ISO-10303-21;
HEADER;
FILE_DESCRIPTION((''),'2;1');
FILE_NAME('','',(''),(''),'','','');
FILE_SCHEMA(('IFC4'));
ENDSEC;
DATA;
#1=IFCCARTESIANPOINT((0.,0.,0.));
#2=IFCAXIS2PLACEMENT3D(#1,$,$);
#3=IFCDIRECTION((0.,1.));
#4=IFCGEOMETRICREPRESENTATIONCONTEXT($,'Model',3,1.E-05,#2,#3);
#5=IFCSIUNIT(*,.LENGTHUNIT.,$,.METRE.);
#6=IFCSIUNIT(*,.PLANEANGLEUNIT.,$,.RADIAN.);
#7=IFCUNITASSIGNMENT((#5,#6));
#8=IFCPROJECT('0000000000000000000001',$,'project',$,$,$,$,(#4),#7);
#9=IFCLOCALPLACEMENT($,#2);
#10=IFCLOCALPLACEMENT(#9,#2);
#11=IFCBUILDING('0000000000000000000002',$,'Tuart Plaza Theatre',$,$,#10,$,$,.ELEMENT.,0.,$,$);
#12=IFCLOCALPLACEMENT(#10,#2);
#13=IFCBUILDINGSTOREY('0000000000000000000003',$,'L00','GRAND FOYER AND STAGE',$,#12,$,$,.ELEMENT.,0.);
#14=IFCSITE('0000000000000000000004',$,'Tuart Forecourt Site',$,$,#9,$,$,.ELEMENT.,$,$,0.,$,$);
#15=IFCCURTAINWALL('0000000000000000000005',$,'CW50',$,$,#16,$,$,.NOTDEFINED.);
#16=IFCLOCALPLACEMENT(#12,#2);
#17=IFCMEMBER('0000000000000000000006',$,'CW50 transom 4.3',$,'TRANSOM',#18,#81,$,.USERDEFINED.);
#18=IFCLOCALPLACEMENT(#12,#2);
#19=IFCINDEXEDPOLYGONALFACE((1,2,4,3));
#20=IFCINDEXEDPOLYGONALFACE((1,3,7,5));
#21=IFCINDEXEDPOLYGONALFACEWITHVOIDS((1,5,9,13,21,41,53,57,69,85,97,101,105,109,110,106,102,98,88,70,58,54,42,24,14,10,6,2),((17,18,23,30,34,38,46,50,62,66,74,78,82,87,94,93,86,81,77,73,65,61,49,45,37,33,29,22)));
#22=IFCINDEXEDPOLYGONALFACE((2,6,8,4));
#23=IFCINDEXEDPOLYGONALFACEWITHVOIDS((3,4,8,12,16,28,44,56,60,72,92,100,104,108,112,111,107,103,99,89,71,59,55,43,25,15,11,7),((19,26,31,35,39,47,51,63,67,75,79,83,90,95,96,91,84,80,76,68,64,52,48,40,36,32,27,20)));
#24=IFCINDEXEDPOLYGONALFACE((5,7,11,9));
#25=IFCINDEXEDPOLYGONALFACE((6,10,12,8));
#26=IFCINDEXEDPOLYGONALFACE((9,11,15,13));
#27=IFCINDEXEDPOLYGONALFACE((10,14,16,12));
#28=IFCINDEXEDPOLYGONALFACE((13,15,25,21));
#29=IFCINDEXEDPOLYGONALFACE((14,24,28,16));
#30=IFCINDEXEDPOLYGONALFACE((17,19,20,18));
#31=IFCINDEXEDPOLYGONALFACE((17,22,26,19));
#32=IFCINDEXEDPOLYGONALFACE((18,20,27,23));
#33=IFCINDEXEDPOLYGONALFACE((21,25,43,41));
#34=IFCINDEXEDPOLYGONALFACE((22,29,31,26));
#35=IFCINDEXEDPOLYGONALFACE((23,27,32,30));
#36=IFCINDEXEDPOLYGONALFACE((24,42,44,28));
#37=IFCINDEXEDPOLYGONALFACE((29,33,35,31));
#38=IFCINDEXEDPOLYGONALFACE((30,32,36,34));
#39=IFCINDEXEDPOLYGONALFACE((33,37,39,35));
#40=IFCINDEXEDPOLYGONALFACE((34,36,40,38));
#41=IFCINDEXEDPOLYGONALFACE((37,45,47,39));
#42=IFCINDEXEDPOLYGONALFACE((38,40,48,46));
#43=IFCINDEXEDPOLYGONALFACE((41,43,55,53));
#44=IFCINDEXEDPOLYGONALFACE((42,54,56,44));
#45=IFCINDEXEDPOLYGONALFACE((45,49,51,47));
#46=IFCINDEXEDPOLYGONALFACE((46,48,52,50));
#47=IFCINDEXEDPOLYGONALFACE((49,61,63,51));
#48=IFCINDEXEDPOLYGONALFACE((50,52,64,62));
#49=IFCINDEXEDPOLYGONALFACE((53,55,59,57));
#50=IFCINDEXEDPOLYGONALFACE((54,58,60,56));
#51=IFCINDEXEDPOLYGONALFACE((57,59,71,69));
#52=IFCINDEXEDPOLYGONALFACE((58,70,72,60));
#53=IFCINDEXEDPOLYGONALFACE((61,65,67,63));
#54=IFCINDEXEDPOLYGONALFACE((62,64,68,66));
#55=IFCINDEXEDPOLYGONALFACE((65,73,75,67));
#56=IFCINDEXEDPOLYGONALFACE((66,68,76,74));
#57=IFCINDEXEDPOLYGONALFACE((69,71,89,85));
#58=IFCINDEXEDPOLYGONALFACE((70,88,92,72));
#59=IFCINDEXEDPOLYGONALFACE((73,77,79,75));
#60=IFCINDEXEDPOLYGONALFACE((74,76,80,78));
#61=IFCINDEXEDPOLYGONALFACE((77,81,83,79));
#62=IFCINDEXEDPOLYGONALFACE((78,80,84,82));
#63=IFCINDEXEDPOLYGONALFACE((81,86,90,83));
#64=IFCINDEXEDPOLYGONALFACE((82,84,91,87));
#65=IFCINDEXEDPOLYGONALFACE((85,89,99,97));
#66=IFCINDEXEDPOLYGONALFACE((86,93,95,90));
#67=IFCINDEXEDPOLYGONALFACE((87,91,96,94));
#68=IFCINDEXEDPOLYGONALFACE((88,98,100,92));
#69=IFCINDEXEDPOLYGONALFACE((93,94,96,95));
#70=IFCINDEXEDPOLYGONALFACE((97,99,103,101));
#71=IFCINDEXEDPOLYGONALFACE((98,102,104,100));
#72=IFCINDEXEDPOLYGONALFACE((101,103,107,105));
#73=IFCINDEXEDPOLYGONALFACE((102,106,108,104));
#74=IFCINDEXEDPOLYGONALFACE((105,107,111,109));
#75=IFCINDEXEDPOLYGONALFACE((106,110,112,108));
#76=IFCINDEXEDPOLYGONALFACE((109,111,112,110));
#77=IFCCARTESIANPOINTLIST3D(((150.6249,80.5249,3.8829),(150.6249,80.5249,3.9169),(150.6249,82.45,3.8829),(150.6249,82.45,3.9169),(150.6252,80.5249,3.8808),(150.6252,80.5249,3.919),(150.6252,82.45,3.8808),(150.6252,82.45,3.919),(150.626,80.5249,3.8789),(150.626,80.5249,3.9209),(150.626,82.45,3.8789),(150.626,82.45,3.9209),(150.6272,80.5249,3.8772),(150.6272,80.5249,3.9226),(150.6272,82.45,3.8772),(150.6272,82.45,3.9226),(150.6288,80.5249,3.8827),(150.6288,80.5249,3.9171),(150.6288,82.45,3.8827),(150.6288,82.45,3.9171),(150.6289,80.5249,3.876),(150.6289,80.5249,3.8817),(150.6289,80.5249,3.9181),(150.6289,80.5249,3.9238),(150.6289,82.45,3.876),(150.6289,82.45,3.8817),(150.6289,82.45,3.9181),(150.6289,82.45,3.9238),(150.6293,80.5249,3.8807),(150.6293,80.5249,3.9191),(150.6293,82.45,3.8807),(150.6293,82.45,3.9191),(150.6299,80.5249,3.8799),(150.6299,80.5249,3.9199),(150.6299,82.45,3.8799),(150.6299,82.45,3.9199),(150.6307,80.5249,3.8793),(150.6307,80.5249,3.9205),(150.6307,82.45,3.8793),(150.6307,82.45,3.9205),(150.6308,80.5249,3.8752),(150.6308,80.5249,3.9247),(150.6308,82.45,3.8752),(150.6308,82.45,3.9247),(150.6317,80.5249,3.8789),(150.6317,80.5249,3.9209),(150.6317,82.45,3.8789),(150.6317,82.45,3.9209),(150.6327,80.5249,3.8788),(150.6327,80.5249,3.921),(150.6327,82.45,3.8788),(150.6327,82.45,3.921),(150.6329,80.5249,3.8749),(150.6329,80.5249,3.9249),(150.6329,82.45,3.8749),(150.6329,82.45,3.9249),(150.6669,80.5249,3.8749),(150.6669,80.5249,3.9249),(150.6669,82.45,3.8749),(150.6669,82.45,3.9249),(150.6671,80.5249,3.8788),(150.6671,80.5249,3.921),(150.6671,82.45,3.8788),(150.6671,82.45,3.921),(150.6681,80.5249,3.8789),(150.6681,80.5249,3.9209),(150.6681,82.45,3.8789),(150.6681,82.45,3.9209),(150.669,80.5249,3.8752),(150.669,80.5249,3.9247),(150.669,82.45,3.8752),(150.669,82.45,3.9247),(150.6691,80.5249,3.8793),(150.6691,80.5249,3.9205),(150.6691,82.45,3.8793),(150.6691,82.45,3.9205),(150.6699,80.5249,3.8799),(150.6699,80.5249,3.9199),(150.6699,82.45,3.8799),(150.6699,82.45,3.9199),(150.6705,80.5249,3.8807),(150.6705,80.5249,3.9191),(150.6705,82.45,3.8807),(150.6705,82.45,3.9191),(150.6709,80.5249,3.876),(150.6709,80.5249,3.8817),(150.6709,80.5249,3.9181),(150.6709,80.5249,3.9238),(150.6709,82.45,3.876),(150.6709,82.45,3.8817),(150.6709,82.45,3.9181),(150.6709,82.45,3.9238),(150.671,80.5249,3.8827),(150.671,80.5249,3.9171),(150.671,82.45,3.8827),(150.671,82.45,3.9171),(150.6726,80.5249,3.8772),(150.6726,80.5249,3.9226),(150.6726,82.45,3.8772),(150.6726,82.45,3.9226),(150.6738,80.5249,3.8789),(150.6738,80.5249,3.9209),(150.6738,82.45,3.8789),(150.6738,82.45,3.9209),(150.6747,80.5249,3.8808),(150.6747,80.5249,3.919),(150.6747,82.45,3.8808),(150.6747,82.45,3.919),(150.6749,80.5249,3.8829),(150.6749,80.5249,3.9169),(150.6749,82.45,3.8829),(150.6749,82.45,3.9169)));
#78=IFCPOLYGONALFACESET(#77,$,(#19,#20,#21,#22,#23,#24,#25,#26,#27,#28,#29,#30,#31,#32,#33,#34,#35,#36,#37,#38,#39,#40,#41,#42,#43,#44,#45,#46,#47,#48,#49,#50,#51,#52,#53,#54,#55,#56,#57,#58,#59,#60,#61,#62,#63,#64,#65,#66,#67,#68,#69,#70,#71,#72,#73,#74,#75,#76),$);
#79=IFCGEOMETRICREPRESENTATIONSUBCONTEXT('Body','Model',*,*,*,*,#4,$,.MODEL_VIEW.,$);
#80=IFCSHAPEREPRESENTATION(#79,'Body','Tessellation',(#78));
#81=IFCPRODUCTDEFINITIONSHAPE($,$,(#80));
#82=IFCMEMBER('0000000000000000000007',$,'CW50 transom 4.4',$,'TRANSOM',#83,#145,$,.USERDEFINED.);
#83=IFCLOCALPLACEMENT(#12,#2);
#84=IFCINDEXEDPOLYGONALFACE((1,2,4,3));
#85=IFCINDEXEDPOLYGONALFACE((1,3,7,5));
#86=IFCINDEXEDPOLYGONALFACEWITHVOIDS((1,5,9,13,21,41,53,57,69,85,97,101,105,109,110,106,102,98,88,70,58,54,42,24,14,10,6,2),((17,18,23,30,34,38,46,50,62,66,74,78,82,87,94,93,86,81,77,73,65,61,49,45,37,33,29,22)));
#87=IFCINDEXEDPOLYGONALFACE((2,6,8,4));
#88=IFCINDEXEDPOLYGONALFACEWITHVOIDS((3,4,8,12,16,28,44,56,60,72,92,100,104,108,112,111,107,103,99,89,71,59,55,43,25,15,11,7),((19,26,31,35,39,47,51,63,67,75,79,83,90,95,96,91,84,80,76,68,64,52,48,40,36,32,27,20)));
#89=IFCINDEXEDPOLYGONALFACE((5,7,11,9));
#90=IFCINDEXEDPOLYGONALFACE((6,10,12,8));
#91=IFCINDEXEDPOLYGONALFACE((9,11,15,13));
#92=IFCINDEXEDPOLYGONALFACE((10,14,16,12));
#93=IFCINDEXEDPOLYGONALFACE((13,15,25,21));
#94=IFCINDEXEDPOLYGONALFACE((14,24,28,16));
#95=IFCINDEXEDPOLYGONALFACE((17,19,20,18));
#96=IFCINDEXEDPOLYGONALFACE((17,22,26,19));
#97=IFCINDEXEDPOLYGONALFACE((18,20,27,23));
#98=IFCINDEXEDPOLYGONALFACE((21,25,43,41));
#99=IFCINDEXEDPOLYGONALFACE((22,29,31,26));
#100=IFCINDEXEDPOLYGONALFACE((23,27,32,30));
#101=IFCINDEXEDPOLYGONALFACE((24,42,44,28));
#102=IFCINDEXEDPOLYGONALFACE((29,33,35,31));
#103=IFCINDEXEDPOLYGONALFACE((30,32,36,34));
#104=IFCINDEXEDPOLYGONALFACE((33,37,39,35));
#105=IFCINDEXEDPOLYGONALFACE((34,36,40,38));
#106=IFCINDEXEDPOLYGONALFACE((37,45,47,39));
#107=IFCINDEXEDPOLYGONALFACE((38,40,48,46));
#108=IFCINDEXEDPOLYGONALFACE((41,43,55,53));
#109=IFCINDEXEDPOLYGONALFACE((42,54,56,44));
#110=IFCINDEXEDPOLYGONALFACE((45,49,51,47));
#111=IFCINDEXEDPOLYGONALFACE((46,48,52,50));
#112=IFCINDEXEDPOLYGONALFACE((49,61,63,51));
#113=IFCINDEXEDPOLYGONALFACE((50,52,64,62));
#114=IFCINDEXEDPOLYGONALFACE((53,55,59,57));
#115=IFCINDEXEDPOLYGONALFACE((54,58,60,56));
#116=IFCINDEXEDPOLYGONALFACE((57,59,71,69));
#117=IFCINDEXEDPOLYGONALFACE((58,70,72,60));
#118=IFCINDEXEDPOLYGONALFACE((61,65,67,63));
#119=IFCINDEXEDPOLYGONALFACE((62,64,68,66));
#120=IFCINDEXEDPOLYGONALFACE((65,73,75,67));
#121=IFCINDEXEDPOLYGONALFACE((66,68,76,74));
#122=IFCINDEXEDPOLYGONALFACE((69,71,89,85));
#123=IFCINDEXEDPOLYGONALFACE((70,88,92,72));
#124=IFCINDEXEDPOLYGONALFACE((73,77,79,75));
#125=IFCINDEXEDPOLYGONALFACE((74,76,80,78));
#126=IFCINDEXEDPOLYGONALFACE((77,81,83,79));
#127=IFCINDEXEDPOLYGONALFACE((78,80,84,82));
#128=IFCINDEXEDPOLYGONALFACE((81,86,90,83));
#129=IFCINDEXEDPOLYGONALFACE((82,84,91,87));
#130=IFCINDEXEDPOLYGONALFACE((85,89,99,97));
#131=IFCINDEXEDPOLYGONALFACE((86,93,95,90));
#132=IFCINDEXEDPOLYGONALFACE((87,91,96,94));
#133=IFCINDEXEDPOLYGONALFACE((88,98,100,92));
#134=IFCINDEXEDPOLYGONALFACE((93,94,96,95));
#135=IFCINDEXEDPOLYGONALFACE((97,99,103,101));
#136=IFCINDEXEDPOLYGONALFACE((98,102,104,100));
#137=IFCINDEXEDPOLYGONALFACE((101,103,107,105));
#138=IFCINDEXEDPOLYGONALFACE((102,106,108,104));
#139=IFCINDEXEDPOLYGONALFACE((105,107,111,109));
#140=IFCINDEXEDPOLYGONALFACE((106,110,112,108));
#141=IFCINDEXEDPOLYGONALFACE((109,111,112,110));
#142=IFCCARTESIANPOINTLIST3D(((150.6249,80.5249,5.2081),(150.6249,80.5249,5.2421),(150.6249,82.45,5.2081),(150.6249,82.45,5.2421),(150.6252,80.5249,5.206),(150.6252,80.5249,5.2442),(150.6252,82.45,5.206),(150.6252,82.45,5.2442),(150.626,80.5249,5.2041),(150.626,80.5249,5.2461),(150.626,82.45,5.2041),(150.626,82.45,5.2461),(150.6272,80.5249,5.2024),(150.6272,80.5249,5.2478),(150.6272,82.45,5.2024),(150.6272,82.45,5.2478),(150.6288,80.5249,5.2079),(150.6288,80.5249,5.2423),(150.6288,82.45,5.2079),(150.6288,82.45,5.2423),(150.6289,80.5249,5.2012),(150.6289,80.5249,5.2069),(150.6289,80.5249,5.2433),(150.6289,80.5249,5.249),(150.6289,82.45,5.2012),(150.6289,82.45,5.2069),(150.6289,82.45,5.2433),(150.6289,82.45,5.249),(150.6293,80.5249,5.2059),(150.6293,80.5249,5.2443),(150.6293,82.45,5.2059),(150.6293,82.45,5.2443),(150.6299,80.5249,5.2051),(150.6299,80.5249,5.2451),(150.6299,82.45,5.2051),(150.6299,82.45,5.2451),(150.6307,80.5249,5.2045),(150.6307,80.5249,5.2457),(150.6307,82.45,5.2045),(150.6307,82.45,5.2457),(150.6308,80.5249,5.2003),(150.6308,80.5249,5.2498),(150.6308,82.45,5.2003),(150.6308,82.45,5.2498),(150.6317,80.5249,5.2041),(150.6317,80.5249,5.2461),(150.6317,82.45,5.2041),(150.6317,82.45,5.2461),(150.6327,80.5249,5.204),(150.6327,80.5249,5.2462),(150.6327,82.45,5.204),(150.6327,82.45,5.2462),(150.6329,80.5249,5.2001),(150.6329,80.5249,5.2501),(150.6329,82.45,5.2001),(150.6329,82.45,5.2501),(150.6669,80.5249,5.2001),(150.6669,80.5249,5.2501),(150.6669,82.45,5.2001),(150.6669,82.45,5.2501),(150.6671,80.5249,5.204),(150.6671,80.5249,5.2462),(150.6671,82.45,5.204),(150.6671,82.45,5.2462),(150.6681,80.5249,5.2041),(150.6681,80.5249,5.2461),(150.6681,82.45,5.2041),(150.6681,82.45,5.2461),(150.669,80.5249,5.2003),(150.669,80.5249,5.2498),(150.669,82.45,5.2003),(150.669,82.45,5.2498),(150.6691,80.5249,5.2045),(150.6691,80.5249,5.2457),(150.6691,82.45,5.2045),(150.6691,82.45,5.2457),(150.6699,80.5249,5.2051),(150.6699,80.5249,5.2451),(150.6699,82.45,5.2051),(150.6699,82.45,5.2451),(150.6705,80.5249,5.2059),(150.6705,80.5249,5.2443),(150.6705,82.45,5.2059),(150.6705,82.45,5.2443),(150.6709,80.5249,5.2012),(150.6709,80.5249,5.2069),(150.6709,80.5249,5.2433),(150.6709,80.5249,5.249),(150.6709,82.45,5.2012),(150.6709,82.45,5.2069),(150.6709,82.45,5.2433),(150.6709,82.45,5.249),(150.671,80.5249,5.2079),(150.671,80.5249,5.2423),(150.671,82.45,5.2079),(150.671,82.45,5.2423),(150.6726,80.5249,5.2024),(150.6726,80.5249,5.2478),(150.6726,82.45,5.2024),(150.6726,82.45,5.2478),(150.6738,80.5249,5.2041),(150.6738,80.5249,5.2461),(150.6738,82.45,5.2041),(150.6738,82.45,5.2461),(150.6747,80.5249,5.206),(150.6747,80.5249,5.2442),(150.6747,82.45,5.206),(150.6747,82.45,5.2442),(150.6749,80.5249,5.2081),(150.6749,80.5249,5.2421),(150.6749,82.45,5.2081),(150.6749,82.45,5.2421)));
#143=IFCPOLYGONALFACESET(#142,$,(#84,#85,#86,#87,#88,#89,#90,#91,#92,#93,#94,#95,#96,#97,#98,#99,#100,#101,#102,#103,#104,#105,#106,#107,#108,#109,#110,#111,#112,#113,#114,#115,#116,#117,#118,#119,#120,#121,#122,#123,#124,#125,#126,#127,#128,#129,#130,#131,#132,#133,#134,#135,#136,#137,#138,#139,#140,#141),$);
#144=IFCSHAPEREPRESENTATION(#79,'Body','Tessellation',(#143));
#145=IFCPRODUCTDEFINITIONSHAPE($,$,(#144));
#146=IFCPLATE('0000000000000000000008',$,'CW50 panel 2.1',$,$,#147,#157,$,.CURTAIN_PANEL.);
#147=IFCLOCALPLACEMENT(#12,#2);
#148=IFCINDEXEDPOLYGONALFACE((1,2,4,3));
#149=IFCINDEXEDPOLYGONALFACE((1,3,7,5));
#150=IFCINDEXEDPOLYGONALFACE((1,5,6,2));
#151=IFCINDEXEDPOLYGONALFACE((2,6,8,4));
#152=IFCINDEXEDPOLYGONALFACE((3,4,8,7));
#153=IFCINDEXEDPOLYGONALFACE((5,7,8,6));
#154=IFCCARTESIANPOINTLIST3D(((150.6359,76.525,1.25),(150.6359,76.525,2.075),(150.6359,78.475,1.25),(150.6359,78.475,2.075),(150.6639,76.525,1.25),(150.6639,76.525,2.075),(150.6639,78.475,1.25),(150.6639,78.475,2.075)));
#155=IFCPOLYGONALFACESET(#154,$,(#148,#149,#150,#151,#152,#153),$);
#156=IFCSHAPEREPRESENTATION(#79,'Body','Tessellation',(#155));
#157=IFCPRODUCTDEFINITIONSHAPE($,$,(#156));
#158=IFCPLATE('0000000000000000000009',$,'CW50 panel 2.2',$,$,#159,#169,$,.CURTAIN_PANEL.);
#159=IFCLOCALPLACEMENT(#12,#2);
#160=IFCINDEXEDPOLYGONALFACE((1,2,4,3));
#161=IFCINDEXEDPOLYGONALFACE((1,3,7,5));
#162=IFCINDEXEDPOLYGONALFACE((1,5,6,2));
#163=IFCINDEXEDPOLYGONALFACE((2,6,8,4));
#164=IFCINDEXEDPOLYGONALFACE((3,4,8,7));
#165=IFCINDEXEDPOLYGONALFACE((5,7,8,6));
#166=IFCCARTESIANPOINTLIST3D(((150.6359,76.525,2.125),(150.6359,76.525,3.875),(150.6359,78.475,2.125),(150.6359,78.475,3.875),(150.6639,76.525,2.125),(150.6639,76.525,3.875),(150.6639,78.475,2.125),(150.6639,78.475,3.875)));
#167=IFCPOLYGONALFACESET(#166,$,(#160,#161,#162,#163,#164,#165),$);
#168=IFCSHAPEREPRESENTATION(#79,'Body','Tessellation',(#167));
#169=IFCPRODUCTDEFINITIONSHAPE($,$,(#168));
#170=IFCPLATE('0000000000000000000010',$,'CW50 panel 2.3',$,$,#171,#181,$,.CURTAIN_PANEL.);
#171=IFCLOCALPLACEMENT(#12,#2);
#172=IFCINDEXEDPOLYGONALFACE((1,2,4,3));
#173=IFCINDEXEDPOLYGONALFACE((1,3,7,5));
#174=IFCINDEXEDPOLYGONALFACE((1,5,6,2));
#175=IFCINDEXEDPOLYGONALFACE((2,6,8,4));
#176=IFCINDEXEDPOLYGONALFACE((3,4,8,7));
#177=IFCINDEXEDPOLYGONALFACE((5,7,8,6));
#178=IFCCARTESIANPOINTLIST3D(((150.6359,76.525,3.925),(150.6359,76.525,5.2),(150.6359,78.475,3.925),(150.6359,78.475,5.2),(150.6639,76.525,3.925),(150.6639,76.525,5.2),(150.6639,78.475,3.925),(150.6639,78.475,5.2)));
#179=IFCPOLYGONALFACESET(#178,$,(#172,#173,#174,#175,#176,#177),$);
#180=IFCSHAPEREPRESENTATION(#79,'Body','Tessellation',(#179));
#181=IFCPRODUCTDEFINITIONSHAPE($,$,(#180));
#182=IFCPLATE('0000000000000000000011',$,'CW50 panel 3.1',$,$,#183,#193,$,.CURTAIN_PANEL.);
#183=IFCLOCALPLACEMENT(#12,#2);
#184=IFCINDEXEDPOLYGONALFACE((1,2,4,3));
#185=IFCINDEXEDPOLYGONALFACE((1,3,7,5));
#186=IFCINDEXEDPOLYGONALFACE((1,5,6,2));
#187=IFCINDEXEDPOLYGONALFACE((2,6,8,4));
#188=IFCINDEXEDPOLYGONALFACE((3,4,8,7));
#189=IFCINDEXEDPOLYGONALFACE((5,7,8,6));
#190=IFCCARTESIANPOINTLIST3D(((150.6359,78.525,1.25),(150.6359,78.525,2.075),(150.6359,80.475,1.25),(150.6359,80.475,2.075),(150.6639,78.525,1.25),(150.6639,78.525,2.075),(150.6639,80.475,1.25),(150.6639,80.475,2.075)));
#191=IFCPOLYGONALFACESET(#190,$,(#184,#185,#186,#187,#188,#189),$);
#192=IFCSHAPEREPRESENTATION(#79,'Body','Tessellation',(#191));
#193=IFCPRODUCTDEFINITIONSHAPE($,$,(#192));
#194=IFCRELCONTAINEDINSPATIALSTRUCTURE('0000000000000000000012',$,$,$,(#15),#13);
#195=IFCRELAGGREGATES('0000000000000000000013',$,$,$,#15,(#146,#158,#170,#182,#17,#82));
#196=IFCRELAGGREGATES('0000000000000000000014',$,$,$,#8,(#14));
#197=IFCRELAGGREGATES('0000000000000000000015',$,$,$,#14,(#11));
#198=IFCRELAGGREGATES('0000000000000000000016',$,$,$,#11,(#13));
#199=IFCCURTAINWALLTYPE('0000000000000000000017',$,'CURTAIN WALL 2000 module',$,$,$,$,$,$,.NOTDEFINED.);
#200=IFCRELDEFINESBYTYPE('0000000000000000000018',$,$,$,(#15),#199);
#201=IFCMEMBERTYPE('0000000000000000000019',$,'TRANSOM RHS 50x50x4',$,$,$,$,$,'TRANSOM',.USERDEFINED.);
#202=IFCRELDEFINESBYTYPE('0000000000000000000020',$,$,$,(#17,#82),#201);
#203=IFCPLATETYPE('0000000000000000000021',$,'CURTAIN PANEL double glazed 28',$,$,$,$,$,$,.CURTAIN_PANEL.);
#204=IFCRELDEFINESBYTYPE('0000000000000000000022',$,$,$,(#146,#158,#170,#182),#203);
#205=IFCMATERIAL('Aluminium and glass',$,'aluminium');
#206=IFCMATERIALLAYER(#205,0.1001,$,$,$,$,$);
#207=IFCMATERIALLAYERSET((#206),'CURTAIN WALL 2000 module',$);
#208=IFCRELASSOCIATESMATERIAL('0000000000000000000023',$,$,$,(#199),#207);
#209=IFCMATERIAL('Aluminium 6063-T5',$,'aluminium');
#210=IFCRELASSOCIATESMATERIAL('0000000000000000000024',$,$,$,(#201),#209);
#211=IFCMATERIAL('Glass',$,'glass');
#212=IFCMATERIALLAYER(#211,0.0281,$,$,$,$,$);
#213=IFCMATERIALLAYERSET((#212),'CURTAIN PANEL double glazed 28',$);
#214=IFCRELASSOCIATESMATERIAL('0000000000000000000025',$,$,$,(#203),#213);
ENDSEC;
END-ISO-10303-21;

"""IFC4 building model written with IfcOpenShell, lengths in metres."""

from ifc_helpers import new_model, si_unit, direction, frame, origin, origin_2d, place, context, subcontext, project, spatial, rectangle, hollow_rectangle, extrude, material, layer, layer_set, material_profile, profile_set, type_object, element, aggregate, save


model = new_model("IFC4")

# Units and contexts
model_context = context("Model", 3, precision=1e-05, world=origin(), true_north=direction((0.0, 1.0)))
body_context = subcontext(model_context, "Body", "Model", "MODEL_VIEW")
ifc_project = project(units=[si_unit("LENGTHUNIT", "METRE"), si_unit("PLANEANGLEUNIT", "RADIAN")], contexts=[model_context])

# Site, building, storey
site_placement = place(None, origin())
site = spatial("IfcSite", under=ifc_project, at=site_placement, Name="Tuart Forecourt Site", CompositionType="ELEMENT", RefElevation=0.0)
building_placement = place(site_placement, origin())
building = spatial("IfcBuilding", under=site, at=building_placement, Name="Tuart Plaza Theatre", CompositionType="ELEMENT", ElevationOfRefHeight=0.0)
storey_placement = place(building_placement, origin())
storey = spatial("IfcBuildingStorey", under=building, at=storey_placement, Name="L00", Description="GRAND FOYER AND STAGE", CompositionType="ELEMENT", Elevation=0.0)

# Curtain wall, members, plates
ifc_material_1 = material(Name="Aluminium and glass", Category="aluminium")
ifc_layer_1 = layer(ifc_material_1, 0.1001)
ifc_layer_set_1 = layer_set([ifc_layer_1], Name="CURTAIN WALL 2000 module")
curtain_wall_type = type_object("IfcCurtainWallType", Name="CURTAIN WALL 2000 module", PredefinedType="NOTDEFINED", material=ifc_layer_set_1)
curtain_wall_placement = place(storey_placement, origin())
curtain_wall = element("IfcCurtainWall", 1, at=curtain_wall_placement, inside=storey, type_object=curtain_wall_type, Name="CW50", PredefinedType="NOTDEFINED")
ifc_material_2 = material(Name="Aluminium 6063-T5", Category="aluminium")
ifc_material_profile_1 = material_profile(ifc_material_2, hollow_rectangle(XDim=0.05, YDim=0.05, WallThickness=0.0039, InnerFilletRadius=0.0039, OuterFilletRadius=0.0081, at=origin_2d()), Name="RHS 50x50x4")
ifc_profile_set_1 = profile_set([ifc_material_profile_1], Name="Aluminium 6063-T5")
member_type_1 = type_object("IfcMemberType", Name="TRANSOM RHS 50x50x4", ElementType="TRANSOM", PredefinedType="USERDEFINED", material=ifc_profile_set_1)
member_1_placement = place(storey_placement, frame((150.6499, 80.5249, 3.8999), z_axis=(0.0, 1.0, 0.0), x_axis=(-1.0, 0.0, 0.0)))
member_1 = element("IfcMember", 2, at=member_1_placement, type_object=member_type_1, Name="CW50 transom 4.3", ObjectType="TRANSOM", PredefinedType="USERDEFINED", context=body_context, shape_type="SweptSolid", body=[
    extrude(hollow_rectangle(XDim=0.05, YDim=0.05, WallThickness=0.0039, InnerFilletRadius=0.0039, OuterFilletRadius=0.0081, at=origin_2d()), origin(), (0.0, 0.0, 1.0), 1.925),
])
member_2_placement = place(storey_placement, frame((150.6499, 80.5249, 5.2251), z_axis=(0.0, 1.0, 0.0), x_axis=(-1.0, 0.0, 0.0)))
member_2 = element("IfcMember", 3, at=member_2_placement, type_object=member_type_1, Name="CW50 transom 4.4", ObjectType="TRANSOM", PredefinedType="USERDEFINED", context=body_context, shape_type="SweptSolid", body=[
    extrude(hollow_rectangle(XDim=0.05, YDim=0.05, WallThickness=0.0039, InnerFilletRadius=0.0039, OuterFilletRadius=0.0081, at=origin_2d()), origin(), (0.0, 0.0, 1.0), 1.925),
])
ifc_material_3 = material(Name="Glass", Category="glass")
ifc_layer_2 = layer(ifc_material_3, 0.0281)
ifc_layer_set_2 = layer_set([ifc_layer_2], Name="CURTAIN PANEL double glazed 28")
plate_type = type_object("IfcPlateType", Name="CURTAIN PANEL double glazed 28", PredefinedType="CURTAIN_PANEL", material=ifc_layer_set_2)
plate_1_placement = place(storey_placement, frame((150.6499, 77.5, 1.25), z_axis=(0.0, 0.0, 1.0), x_axis=(0.0, 1.0, 0.0)))
plate_1 = element("IfcPlate", 4, at=plate_1_placement, type_object=plate_type, Name="CW50 panel 2.1", PredefinedType="CURTAIN_PANEL", context=body_context, shape_type="SweptSolid", body=[
    extrude(rectangle(XDim=1.95, YDim=0.0281, at=origin_2d()), origin(), (0.0, 0.0, 1.0), 0.825),
])
plate_2_placement = place(storey_placement, frame((150.6499, 77.5, 2.125), z_axis=(0.0, 0.0, 1.0), x_axis=(0.0, 1.0, 0.0)))
plate_2 = element("IfcPlate", 5, at=plate_2_placement, type_object=plate_type, Name="CW50 panel 2.2", PredefinedType="CURTAIN_PANEL", context=body_context, shape_type="SweptSolid", body=[
    extrude(rectangle(XDim=1.95, YDim=0.0281, at=origin_2d()), origin(), (0.0, 0.0, 1.0), 1.75),
])
plate_3_placement = place(storey_placement, frame((150.6499, 77.5, 3.925), z_axis=(0.0, 0.0, 1.0), x_axis=(0.0, 1.0, 0.0)))
plate_3 = element("IfcPlate", 6, at=plate_3_placement, type_object=plate_type, Name="CW50 panel 2.3", PredefinedType="CURTAIN_PANEL", context=body_context, shape_type="SweptSolid", body=[
    extrude(rectangle(XDim=1.95, YDim=0.0281, at=origin_2d()), origin(), (0.0, 0.0, 1.0), 1.2749),
])
plate_4_placement = place(storey_placement, frame((150.6499, 79.5, 1.25), z_axis=(0.0, 0.0, 1.0), x_axis=(0.0, 1.0, 0.0)))
plate_4 = element("IfcPlate", 7, at=plate_4_placement, type_object=plate_type, Name="CW50 panel 3.1", PredefinedType="CURTAIN_PANEL", context=body_context, shape_type="SweptSolid", body=[
    extrude(rectangle(XDim=1.95, YDim=0.0281, at=origin_2d()), origin(), (0.0, 0.0, 1.0), 0.825),
])
aggregate(curtain_wall, [plate_1, plate_2, plate_3, plate_4, member_1, member_2])

save(model, "model.ifc")
